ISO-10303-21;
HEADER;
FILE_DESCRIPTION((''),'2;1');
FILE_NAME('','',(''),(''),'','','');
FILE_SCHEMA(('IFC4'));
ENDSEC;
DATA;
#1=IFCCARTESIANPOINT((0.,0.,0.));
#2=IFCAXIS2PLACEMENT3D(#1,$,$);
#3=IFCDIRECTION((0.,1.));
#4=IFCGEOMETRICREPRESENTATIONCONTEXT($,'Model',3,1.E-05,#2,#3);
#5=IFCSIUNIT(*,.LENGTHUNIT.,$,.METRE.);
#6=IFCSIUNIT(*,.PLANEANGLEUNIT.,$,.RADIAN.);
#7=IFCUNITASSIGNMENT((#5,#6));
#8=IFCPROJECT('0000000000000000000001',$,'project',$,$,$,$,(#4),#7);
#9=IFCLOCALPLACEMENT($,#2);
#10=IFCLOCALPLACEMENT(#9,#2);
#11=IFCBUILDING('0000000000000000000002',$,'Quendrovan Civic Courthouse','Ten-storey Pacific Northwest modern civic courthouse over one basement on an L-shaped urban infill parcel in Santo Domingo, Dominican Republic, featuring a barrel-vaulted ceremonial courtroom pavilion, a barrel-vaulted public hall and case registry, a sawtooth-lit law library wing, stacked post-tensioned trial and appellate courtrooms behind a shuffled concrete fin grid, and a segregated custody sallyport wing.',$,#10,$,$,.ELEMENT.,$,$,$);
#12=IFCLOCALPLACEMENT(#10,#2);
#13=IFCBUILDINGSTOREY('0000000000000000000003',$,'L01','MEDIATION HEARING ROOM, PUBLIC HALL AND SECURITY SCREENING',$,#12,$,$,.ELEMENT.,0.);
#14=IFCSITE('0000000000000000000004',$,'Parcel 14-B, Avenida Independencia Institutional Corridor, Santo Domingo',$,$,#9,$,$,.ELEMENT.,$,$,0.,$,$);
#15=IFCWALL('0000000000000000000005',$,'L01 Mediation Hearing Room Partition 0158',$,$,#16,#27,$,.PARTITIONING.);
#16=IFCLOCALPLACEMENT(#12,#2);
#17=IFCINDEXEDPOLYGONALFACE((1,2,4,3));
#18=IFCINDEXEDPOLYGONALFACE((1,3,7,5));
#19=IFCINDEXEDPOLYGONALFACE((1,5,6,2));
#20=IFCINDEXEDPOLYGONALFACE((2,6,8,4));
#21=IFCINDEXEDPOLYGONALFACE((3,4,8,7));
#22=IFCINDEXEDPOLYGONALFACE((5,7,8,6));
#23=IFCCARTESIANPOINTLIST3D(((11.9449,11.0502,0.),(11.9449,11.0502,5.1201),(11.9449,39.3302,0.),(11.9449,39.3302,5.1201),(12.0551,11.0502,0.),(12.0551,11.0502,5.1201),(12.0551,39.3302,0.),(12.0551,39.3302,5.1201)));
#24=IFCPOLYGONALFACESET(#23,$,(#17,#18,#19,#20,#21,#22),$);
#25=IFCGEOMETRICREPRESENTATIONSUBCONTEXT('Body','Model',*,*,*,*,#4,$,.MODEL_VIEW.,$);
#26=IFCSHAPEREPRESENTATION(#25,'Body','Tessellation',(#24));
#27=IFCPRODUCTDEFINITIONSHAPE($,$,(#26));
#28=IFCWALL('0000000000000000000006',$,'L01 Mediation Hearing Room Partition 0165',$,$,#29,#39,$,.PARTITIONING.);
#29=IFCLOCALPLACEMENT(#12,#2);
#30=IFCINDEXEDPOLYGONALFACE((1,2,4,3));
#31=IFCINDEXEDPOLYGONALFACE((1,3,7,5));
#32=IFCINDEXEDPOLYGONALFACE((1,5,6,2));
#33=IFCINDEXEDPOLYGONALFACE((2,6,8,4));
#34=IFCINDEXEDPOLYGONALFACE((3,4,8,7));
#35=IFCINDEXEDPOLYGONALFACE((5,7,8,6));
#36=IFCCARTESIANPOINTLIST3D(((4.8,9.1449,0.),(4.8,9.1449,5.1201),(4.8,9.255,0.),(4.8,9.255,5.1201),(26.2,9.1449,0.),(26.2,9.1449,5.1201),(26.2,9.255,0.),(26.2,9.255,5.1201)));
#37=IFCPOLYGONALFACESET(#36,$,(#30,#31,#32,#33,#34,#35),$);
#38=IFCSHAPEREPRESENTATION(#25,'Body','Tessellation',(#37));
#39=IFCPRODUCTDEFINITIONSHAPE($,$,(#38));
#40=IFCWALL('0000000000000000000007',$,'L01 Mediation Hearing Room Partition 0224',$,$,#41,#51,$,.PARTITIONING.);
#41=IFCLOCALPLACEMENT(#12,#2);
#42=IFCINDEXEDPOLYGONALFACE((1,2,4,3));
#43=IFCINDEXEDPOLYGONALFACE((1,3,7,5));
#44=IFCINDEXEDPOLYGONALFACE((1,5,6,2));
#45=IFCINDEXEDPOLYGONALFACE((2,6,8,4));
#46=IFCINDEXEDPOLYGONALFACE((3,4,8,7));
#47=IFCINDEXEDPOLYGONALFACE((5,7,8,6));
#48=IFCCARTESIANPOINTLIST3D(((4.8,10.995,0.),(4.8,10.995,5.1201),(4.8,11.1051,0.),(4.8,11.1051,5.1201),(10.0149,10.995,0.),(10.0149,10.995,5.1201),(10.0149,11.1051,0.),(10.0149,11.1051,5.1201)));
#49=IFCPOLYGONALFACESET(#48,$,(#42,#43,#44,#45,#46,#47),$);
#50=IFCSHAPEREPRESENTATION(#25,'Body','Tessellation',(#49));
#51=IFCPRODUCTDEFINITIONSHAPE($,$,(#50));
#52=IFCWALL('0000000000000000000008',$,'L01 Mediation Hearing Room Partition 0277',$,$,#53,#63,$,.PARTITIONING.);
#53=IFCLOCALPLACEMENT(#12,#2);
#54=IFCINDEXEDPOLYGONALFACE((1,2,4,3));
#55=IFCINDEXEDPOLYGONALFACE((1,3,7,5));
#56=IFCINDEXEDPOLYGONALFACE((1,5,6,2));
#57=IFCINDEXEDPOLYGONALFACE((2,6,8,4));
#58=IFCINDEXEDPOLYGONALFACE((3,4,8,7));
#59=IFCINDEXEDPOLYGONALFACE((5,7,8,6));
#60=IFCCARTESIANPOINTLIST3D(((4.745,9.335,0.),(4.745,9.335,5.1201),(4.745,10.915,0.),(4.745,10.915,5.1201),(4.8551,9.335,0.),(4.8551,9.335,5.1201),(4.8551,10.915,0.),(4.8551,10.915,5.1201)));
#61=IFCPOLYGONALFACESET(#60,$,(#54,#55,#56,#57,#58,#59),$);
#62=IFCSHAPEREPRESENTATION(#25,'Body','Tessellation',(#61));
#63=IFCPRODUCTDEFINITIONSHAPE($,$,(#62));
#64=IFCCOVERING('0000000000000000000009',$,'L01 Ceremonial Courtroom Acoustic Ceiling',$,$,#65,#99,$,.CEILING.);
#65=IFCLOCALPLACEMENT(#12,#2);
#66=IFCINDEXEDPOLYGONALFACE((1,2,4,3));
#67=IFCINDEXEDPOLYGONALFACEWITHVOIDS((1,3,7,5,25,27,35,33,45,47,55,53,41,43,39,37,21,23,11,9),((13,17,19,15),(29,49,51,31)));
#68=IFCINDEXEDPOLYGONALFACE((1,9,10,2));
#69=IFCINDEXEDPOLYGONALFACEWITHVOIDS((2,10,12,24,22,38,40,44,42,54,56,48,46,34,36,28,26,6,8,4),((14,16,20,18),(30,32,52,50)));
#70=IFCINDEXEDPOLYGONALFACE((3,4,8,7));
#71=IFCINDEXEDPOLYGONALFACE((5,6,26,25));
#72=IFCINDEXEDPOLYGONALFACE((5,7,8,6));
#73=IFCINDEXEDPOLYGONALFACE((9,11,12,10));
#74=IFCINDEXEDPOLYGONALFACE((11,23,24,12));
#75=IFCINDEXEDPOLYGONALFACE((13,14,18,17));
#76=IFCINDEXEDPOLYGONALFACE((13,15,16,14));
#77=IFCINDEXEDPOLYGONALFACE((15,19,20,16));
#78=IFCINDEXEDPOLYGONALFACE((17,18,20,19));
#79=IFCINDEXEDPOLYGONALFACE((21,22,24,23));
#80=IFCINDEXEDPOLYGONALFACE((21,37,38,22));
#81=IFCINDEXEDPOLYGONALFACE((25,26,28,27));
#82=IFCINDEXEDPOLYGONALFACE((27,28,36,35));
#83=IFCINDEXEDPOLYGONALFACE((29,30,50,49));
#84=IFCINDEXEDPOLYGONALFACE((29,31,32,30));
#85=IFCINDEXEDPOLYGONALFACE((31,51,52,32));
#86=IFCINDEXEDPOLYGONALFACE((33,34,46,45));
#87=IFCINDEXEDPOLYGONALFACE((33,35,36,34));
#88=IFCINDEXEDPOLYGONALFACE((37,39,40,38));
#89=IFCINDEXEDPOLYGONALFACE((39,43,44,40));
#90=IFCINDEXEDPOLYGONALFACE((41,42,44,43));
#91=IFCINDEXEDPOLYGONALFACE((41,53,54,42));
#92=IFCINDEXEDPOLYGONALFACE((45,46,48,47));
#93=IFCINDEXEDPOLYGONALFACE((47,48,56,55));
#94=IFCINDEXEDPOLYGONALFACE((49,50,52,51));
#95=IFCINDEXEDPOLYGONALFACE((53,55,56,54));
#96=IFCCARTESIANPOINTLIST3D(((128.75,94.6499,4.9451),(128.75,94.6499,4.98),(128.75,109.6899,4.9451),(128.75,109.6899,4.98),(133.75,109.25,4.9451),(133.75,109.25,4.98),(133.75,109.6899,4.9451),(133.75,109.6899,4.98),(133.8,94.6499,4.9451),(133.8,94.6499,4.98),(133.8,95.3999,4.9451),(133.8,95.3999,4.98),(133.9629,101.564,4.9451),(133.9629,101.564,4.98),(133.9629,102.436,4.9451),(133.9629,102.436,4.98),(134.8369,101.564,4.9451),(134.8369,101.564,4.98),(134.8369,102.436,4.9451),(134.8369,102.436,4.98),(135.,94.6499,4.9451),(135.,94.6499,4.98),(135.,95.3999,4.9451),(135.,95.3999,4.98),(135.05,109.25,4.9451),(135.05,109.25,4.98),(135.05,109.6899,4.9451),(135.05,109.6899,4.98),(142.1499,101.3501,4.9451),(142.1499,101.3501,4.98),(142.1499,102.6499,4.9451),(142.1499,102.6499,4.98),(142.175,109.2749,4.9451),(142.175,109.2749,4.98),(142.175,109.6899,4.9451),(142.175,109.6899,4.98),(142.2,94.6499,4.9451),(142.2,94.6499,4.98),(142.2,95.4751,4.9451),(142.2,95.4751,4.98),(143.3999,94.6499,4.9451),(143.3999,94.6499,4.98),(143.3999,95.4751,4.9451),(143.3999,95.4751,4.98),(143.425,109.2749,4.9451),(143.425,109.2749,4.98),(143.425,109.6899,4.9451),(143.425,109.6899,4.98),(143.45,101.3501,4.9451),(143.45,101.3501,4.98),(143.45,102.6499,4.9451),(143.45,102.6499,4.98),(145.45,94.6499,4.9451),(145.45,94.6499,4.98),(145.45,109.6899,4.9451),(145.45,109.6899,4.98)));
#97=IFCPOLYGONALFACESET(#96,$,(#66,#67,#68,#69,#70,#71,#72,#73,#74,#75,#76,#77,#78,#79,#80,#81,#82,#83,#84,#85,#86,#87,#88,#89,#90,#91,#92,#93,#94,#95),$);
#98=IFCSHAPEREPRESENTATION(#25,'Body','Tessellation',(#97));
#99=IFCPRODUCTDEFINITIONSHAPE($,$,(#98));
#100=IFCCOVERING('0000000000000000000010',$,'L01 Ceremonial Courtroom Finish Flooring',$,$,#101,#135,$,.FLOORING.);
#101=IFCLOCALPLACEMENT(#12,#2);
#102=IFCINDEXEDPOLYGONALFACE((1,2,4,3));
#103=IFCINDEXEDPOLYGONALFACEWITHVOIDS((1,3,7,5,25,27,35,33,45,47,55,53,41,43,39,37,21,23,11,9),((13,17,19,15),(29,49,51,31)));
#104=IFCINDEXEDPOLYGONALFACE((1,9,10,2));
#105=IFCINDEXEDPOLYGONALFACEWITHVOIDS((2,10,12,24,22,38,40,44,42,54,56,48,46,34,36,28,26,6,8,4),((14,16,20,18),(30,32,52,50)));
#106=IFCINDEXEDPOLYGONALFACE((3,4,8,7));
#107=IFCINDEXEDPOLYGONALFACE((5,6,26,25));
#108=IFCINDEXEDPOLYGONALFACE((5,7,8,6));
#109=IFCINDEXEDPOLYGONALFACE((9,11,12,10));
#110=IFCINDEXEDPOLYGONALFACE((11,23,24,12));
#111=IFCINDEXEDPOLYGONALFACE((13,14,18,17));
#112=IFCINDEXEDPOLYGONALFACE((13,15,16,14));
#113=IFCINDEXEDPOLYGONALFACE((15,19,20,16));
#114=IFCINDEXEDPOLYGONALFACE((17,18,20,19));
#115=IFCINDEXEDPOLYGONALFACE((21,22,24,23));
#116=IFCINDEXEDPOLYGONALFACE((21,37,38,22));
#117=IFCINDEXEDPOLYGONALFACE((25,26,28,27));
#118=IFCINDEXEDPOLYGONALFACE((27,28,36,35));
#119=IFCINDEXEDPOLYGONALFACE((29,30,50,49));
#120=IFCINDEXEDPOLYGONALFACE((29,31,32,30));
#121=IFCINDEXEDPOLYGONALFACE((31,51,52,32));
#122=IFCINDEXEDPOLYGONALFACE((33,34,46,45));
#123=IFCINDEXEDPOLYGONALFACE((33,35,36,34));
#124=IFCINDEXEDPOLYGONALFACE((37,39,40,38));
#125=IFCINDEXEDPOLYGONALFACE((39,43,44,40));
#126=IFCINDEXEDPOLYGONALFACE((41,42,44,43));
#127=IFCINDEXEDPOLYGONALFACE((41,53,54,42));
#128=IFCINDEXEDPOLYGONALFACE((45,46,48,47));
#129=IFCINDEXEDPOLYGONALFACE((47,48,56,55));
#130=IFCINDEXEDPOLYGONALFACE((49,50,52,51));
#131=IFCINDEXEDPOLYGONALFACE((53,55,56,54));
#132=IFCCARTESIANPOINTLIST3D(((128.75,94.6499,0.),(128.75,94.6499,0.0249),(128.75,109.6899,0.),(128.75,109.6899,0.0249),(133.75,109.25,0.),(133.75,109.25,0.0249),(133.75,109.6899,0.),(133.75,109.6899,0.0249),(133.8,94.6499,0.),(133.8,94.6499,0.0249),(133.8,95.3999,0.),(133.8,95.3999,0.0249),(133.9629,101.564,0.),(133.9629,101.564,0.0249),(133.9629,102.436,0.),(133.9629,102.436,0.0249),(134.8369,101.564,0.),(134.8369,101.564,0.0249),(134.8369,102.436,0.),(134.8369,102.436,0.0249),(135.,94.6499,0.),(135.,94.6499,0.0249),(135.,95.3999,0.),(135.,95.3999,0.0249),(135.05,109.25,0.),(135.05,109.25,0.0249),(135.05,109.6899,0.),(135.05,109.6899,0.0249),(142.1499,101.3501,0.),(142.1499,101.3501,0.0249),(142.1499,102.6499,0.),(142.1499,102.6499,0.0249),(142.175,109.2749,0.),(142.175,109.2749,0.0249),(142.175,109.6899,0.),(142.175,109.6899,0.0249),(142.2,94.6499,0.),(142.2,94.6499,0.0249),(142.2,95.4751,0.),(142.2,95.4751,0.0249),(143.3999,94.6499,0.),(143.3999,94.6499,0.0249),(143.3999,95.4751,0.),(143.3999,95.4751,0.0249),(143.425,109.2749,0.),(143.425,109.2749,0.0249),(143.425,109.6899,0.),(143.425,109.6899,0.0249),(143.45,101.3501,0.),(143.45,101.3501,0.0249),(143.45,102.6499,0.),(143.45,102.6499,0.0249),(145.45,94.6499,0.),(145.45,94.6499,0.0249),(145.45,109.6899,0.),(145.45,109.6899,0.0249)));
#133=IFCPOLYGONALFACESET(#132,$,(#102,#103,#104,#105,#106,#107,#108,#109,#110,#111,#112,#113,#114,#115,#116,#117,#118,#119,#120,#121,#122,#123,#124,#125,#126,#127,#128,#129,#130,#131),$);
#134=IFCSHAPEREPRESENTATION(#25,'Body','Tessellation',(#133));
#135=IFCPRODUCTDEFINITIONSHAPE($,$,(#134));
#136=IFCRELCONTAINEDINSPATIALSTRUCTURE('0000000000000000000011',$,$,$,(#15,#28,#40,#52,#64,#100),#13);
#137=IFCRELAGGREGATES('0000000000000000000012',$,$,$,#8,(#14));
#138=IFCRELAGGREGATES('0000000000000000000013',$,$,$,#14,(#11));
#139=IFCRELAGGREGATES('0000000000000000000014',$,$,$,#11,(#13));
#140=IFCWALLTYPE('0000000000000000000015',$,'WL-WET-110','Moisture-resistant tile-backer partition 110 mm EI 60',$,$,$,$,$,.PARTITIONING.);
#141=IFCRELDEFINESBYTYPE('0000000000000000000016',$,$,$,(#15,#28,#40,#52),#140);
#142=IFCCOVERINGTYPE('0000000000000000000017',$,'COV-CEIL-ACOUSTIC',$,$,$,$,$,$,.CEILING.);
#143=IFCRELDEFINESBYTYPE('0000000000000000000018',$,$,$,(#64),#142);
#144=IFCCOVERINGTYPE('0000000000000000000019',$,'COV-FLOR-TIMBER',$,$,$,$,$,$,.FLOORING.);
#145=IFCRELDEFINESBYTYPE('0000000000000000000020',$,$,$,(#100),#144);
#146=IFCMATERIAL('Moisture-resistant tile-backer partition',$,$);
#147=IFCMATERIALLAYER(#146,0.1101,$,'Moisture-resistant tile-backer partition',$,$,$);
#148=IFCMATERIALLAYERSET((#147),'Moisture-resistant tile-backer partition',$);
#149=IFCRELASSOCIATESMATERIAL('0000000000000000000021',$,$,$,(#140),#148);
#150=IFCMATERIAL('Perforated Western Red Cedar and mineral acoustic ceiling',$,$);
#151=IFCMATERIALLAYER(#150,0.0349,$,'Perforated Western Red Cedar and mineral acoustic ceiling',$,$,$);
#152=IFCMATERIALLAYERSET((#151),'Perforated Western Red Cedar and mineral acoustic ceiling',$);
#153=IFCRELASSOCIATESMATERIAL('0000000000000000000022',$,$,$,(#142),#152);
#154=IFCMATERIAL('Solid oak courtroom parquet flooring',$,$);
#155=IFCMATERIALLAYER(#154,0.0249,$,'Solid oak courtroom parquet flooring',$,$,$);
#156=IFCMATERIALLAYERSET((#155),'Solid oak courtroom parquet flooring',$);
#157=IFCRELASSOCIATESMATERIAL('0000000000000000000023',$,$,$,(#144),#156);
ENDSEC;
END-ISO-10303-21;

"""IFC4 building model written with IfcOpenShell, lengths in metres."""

from ifc_helpers import new_model, si_unit, direction, frame, frame_2d, origin, place, context, subcontext, project, spatial, polyline, rectangle, outline, extrude, material, layer, layer_set, type_object, element, save


model = new_model("IFC4")

# Units and contexts
model_context = context("Model", 3, precision=1e-05, world=origin(), true_north=direction((0.0, 1.0)))
body_context = subcontext(model_context, "Body", "Model", "MODEL_VIEW")
ifc_project = project(units=[si_unit("LENGTHUNIT", "METRE"), si_unit("PLANEANGLEUNIT", "RADIAN")], contexts=[model_context])

# Site, building, storey
site_placement = place(None, origin())
site = spatial("IfcSite", under=ifc_project, at=site_placement, Name="Parcel 14-B, Avenida Independencia Institutional Corridor, Santo Domingo", CompositionType="ELEMENT", RefElevation=0.0)
building_placement = place(site_placement, origin())
building = spatial("IfcBuilding", under=site, at=building_placement, Name="Quendrovan Civic Courthouse", Description="Ten-storey Pacific Northwest modern civic courthouse over one basement on an L-shaped urban infill parcel in Santo Domingo, Dominican Republic, featuring a barrel-vaulted ceremonial courtroom pavilion, a barrel-vaulted public hall and case registry, a sawtooth-lit law library wing, stacked post-tensioned trial and appellate courtrooms behind a shuffled concrete fin grid, and a segregated custody sallyport wing.", CompositionType="ELEMENT")
storey_placement = place(building_placement, origin())
storey = spatial("IfcBuildingStorey", under=building, at=storey_placement, Name="L01", Description="MEDIATION HEARING ROOM, PUBLIC HALL AND SECURITY SCREENING", CompositionType="ELEMENT", Elevation=0.0)

# Walls
ifc_material_1 = material(Name="Moisture-resistant tile-backer partition")
ifc_layer_1 = layer(ifc_material_1, 0.1101, Name="Moisture-resistant tile-backer partition")
ifc_layer_set_1 = layer_set([ifc_layer_1], Name="Moisture-resistant tile-backer partition")
wall_type_1 = type_object("IfcWallType", Name="WL-WET-110", Description="Moisture-resistant tile-backer partition 110 mm EI 60", PredefinedType="PARTITIONING", material=ifc_layer_set_1)
wall_1_placement = place(storey_placement, frame((12.0, 11.05, 0.0), z_axis=(0.0, 0.0, 1.0), x_axis=(0.0, 1.0, 0.0)))
element("IfcWall", 1, at=wall_1_placement, inside=storey, type_object=wall_type_1, Name="L01 Mediation Hearing Room Partition 0158", PredefinedType="PARTITIONING", context=body_context, shape_type="SweptSolid", body=[
    extrude(rectangle(XDim=28.28, YDim=0.1101, at=frame_2d((14.1401, 0.0))), origin(), (0.0, 0.0, 1.0), 5.1201),
])
wall_2_placement = place(storey_placement, frame((4.8, 9.2, 0.0), z_axis=(0.0, 0.0, 1.0), x_axis=(1.0, 0.0, 0.0)))
element("IfcWall", 2, at=wall_2_placement, inside=storey, type_object=wall_type_1, Name="L01 Mediation Hearing Room Partition 0165", PredefinedType="PARTITIONING", context=body_context, shape_type="SweptSolid", body=[
    extrude(rectangle(XDim=21.3999, YDim=0.1101, at=frame_2d((10.7, 0.0))), origin(), (0.0, 0.0, 1.0), 5.1201),
])
wall_3_placement = place(storey_placement, frame((10.0149, 11.05, 0.0), z_axis=(0.0, 0.0, 1.0), x_axis=(-1.0, 0.0, 0.0)))
element("IfcWall", 3, at=wall_3_placement, inside=storey, type_object=wall_type_1, Name="L01 Mediation Hearing Room Partition 0224", PredefinedType="PARTITIONING", context=body_context, shape_type="SweptSolid", body=[
    extrude(rectangle(XDim=5.2148, YDim=0.1101, at=frame_2d((2.6074, 0.0))), origin(), (0.0, 0.0, 1.0), 5.1201),
])
wall_4_placement = place(storey_placement, frame((4.8, 10.915, 0.0), z_axis=(0.0, 0.0, 1.0), x_axis=(0.0, -1.0, 0.0)))
element("IfcWall", 4, at=wall_4_placement, inside=storey, type_object=wall_type_1, Name="L01 Mediation Hearing Room Partition 0277", PredefinedType="PARTITIONING", context=body_context, shape_type="SweptSolid", body=[
    extrude(rectangle(XDim=1.5801, YDim=0.1101, at=frame_2d((0.79, 0.0))), origin(), (0.0, 0.0, 1.0), 5.1201),
])

# Coverings
ifc_material_2 = material(Name="Perforated Western Red Cedar and mineral acoustic ceiling")
ifc_layer_2 = layer(ifc_material_2, 0.0349, Name="Perforated Western Red Cedar and mineral acoustic ceiling")
ifc_layer_set_2 = layer_set([ifc_layer_2], Name="Perforated Western Red Cedar and mineral acoustic ceiling")
covering_type_1 = type_object("IfcCoveringType", Name="COV-CEIL-ACOUSTIC", PredefinedType="CEILING", material=ifc_layer_set_2)
covering_1_placement = place(storey_placement, frame((0.0, 0.0, 4.9451)))
element("IfcCovering", 5, at=covering_1_placement, inside=storey, type_object=covering_type_1, Name="L01 Ceremonial Courtroom Acoustic Ceiling", PredefinedType="CEILING", context=body_context, shape_type="SweptSolid", body=[
    extrude(outline(polyline([(135.0, 94.6499), (135.0, 95.3999), (133.8, 95.3999), (133.8, 94.6499), (128.75, 94.6499), (128.75, 109.6899), (133.75, 109.6899), (133.75, 109.25), (135.05, 109.25), (135.05, 109.6899), (142.175, 109.6899), (142.175, 109.2749), (143.425, 109.2749), (143.425, 109.6899), (145.45, 109.6899), (145.45, 94.6499), (143.3999, 94.6499), (143.3999, 95.4751), (142.2, 95.4751), (142.2, 94.6499), (135.0, 94.6499)]), holes=[polyline([(133.9629, 101.564), (134.8369, 101.564), (134.8369, 102.436), (133.9629, 102.436), (133.9629, 101.564)]), polyline([(142.1499, 101.3501), (143.45, 101.3501), (143.45, 102.6499), (142.1499, 102.6499), (142.1499, 101.3501)])]), origin(), (0.0, 0.0, 1.0), 0.0349),
])
ifc_material_3 = material(Name="Solid oak courtroom parquet flooring")
ifc_layer_3 = layer(ifc_material_3, 0.0249, Name="Solid oak courtroom parquet flooring")
ifc_layer_set_3 = layer_set([ifc_layer_3], Name="Solid oak courtroom parquet flooring")
covering_type_2 = type_object("IfcCoveringType", Name="COV-FLOR-TIMBER", PredefinedType="FLOORING", material=ifc_layer_set_3)
covering_2_placement = place(storey_placement, origin())
element("IfcCovering", 6, at=covering_2_placement, inside=storey, type_object=covering_type_2, Name="L01 Ceremonial Courtroom Finish Flooring", PredefinedType="FLOORING", context=body_context, shape_type="SweptSolid", body=[
    extrude(outline(polyline([(135.0, 94.6499), (135.0, 95.3999), (133.8, 95.3999), (133.8, 94.6499), (128.75, 94.6499), (128.75, 109.6899), (133.75, 109.6899), (133.75, 109.25), (135.05, 109.25), (135.05, 109.6899), (142.175, 109.6899), (142.175, 109.2749), (143.425, 109.2749), (143.425, 109.6899), (145.45, 109.6899), (145.45, 94.6499), (143.3999, 94.6499), (143.3999, 95.4751), (142.2, 95.4751), (142.2, 94.6499), (135.0, 94.6499)]), holes=[polyline([(133.9629, 101.564), (134.8369, 101.564), (134.8369, 102.436), (133.9629, 102.436), (133.9629, 101.564)]), polyline([(142.1499, 101.3501), (143.45, 101.3501), (143.45, 102.6499), (142.1499, 102.6499), (142.1499, 101.3501)])]), origin(), (0.0, 0.0, 1.0), 0.0249),
])

save(model, "model.ifc")
